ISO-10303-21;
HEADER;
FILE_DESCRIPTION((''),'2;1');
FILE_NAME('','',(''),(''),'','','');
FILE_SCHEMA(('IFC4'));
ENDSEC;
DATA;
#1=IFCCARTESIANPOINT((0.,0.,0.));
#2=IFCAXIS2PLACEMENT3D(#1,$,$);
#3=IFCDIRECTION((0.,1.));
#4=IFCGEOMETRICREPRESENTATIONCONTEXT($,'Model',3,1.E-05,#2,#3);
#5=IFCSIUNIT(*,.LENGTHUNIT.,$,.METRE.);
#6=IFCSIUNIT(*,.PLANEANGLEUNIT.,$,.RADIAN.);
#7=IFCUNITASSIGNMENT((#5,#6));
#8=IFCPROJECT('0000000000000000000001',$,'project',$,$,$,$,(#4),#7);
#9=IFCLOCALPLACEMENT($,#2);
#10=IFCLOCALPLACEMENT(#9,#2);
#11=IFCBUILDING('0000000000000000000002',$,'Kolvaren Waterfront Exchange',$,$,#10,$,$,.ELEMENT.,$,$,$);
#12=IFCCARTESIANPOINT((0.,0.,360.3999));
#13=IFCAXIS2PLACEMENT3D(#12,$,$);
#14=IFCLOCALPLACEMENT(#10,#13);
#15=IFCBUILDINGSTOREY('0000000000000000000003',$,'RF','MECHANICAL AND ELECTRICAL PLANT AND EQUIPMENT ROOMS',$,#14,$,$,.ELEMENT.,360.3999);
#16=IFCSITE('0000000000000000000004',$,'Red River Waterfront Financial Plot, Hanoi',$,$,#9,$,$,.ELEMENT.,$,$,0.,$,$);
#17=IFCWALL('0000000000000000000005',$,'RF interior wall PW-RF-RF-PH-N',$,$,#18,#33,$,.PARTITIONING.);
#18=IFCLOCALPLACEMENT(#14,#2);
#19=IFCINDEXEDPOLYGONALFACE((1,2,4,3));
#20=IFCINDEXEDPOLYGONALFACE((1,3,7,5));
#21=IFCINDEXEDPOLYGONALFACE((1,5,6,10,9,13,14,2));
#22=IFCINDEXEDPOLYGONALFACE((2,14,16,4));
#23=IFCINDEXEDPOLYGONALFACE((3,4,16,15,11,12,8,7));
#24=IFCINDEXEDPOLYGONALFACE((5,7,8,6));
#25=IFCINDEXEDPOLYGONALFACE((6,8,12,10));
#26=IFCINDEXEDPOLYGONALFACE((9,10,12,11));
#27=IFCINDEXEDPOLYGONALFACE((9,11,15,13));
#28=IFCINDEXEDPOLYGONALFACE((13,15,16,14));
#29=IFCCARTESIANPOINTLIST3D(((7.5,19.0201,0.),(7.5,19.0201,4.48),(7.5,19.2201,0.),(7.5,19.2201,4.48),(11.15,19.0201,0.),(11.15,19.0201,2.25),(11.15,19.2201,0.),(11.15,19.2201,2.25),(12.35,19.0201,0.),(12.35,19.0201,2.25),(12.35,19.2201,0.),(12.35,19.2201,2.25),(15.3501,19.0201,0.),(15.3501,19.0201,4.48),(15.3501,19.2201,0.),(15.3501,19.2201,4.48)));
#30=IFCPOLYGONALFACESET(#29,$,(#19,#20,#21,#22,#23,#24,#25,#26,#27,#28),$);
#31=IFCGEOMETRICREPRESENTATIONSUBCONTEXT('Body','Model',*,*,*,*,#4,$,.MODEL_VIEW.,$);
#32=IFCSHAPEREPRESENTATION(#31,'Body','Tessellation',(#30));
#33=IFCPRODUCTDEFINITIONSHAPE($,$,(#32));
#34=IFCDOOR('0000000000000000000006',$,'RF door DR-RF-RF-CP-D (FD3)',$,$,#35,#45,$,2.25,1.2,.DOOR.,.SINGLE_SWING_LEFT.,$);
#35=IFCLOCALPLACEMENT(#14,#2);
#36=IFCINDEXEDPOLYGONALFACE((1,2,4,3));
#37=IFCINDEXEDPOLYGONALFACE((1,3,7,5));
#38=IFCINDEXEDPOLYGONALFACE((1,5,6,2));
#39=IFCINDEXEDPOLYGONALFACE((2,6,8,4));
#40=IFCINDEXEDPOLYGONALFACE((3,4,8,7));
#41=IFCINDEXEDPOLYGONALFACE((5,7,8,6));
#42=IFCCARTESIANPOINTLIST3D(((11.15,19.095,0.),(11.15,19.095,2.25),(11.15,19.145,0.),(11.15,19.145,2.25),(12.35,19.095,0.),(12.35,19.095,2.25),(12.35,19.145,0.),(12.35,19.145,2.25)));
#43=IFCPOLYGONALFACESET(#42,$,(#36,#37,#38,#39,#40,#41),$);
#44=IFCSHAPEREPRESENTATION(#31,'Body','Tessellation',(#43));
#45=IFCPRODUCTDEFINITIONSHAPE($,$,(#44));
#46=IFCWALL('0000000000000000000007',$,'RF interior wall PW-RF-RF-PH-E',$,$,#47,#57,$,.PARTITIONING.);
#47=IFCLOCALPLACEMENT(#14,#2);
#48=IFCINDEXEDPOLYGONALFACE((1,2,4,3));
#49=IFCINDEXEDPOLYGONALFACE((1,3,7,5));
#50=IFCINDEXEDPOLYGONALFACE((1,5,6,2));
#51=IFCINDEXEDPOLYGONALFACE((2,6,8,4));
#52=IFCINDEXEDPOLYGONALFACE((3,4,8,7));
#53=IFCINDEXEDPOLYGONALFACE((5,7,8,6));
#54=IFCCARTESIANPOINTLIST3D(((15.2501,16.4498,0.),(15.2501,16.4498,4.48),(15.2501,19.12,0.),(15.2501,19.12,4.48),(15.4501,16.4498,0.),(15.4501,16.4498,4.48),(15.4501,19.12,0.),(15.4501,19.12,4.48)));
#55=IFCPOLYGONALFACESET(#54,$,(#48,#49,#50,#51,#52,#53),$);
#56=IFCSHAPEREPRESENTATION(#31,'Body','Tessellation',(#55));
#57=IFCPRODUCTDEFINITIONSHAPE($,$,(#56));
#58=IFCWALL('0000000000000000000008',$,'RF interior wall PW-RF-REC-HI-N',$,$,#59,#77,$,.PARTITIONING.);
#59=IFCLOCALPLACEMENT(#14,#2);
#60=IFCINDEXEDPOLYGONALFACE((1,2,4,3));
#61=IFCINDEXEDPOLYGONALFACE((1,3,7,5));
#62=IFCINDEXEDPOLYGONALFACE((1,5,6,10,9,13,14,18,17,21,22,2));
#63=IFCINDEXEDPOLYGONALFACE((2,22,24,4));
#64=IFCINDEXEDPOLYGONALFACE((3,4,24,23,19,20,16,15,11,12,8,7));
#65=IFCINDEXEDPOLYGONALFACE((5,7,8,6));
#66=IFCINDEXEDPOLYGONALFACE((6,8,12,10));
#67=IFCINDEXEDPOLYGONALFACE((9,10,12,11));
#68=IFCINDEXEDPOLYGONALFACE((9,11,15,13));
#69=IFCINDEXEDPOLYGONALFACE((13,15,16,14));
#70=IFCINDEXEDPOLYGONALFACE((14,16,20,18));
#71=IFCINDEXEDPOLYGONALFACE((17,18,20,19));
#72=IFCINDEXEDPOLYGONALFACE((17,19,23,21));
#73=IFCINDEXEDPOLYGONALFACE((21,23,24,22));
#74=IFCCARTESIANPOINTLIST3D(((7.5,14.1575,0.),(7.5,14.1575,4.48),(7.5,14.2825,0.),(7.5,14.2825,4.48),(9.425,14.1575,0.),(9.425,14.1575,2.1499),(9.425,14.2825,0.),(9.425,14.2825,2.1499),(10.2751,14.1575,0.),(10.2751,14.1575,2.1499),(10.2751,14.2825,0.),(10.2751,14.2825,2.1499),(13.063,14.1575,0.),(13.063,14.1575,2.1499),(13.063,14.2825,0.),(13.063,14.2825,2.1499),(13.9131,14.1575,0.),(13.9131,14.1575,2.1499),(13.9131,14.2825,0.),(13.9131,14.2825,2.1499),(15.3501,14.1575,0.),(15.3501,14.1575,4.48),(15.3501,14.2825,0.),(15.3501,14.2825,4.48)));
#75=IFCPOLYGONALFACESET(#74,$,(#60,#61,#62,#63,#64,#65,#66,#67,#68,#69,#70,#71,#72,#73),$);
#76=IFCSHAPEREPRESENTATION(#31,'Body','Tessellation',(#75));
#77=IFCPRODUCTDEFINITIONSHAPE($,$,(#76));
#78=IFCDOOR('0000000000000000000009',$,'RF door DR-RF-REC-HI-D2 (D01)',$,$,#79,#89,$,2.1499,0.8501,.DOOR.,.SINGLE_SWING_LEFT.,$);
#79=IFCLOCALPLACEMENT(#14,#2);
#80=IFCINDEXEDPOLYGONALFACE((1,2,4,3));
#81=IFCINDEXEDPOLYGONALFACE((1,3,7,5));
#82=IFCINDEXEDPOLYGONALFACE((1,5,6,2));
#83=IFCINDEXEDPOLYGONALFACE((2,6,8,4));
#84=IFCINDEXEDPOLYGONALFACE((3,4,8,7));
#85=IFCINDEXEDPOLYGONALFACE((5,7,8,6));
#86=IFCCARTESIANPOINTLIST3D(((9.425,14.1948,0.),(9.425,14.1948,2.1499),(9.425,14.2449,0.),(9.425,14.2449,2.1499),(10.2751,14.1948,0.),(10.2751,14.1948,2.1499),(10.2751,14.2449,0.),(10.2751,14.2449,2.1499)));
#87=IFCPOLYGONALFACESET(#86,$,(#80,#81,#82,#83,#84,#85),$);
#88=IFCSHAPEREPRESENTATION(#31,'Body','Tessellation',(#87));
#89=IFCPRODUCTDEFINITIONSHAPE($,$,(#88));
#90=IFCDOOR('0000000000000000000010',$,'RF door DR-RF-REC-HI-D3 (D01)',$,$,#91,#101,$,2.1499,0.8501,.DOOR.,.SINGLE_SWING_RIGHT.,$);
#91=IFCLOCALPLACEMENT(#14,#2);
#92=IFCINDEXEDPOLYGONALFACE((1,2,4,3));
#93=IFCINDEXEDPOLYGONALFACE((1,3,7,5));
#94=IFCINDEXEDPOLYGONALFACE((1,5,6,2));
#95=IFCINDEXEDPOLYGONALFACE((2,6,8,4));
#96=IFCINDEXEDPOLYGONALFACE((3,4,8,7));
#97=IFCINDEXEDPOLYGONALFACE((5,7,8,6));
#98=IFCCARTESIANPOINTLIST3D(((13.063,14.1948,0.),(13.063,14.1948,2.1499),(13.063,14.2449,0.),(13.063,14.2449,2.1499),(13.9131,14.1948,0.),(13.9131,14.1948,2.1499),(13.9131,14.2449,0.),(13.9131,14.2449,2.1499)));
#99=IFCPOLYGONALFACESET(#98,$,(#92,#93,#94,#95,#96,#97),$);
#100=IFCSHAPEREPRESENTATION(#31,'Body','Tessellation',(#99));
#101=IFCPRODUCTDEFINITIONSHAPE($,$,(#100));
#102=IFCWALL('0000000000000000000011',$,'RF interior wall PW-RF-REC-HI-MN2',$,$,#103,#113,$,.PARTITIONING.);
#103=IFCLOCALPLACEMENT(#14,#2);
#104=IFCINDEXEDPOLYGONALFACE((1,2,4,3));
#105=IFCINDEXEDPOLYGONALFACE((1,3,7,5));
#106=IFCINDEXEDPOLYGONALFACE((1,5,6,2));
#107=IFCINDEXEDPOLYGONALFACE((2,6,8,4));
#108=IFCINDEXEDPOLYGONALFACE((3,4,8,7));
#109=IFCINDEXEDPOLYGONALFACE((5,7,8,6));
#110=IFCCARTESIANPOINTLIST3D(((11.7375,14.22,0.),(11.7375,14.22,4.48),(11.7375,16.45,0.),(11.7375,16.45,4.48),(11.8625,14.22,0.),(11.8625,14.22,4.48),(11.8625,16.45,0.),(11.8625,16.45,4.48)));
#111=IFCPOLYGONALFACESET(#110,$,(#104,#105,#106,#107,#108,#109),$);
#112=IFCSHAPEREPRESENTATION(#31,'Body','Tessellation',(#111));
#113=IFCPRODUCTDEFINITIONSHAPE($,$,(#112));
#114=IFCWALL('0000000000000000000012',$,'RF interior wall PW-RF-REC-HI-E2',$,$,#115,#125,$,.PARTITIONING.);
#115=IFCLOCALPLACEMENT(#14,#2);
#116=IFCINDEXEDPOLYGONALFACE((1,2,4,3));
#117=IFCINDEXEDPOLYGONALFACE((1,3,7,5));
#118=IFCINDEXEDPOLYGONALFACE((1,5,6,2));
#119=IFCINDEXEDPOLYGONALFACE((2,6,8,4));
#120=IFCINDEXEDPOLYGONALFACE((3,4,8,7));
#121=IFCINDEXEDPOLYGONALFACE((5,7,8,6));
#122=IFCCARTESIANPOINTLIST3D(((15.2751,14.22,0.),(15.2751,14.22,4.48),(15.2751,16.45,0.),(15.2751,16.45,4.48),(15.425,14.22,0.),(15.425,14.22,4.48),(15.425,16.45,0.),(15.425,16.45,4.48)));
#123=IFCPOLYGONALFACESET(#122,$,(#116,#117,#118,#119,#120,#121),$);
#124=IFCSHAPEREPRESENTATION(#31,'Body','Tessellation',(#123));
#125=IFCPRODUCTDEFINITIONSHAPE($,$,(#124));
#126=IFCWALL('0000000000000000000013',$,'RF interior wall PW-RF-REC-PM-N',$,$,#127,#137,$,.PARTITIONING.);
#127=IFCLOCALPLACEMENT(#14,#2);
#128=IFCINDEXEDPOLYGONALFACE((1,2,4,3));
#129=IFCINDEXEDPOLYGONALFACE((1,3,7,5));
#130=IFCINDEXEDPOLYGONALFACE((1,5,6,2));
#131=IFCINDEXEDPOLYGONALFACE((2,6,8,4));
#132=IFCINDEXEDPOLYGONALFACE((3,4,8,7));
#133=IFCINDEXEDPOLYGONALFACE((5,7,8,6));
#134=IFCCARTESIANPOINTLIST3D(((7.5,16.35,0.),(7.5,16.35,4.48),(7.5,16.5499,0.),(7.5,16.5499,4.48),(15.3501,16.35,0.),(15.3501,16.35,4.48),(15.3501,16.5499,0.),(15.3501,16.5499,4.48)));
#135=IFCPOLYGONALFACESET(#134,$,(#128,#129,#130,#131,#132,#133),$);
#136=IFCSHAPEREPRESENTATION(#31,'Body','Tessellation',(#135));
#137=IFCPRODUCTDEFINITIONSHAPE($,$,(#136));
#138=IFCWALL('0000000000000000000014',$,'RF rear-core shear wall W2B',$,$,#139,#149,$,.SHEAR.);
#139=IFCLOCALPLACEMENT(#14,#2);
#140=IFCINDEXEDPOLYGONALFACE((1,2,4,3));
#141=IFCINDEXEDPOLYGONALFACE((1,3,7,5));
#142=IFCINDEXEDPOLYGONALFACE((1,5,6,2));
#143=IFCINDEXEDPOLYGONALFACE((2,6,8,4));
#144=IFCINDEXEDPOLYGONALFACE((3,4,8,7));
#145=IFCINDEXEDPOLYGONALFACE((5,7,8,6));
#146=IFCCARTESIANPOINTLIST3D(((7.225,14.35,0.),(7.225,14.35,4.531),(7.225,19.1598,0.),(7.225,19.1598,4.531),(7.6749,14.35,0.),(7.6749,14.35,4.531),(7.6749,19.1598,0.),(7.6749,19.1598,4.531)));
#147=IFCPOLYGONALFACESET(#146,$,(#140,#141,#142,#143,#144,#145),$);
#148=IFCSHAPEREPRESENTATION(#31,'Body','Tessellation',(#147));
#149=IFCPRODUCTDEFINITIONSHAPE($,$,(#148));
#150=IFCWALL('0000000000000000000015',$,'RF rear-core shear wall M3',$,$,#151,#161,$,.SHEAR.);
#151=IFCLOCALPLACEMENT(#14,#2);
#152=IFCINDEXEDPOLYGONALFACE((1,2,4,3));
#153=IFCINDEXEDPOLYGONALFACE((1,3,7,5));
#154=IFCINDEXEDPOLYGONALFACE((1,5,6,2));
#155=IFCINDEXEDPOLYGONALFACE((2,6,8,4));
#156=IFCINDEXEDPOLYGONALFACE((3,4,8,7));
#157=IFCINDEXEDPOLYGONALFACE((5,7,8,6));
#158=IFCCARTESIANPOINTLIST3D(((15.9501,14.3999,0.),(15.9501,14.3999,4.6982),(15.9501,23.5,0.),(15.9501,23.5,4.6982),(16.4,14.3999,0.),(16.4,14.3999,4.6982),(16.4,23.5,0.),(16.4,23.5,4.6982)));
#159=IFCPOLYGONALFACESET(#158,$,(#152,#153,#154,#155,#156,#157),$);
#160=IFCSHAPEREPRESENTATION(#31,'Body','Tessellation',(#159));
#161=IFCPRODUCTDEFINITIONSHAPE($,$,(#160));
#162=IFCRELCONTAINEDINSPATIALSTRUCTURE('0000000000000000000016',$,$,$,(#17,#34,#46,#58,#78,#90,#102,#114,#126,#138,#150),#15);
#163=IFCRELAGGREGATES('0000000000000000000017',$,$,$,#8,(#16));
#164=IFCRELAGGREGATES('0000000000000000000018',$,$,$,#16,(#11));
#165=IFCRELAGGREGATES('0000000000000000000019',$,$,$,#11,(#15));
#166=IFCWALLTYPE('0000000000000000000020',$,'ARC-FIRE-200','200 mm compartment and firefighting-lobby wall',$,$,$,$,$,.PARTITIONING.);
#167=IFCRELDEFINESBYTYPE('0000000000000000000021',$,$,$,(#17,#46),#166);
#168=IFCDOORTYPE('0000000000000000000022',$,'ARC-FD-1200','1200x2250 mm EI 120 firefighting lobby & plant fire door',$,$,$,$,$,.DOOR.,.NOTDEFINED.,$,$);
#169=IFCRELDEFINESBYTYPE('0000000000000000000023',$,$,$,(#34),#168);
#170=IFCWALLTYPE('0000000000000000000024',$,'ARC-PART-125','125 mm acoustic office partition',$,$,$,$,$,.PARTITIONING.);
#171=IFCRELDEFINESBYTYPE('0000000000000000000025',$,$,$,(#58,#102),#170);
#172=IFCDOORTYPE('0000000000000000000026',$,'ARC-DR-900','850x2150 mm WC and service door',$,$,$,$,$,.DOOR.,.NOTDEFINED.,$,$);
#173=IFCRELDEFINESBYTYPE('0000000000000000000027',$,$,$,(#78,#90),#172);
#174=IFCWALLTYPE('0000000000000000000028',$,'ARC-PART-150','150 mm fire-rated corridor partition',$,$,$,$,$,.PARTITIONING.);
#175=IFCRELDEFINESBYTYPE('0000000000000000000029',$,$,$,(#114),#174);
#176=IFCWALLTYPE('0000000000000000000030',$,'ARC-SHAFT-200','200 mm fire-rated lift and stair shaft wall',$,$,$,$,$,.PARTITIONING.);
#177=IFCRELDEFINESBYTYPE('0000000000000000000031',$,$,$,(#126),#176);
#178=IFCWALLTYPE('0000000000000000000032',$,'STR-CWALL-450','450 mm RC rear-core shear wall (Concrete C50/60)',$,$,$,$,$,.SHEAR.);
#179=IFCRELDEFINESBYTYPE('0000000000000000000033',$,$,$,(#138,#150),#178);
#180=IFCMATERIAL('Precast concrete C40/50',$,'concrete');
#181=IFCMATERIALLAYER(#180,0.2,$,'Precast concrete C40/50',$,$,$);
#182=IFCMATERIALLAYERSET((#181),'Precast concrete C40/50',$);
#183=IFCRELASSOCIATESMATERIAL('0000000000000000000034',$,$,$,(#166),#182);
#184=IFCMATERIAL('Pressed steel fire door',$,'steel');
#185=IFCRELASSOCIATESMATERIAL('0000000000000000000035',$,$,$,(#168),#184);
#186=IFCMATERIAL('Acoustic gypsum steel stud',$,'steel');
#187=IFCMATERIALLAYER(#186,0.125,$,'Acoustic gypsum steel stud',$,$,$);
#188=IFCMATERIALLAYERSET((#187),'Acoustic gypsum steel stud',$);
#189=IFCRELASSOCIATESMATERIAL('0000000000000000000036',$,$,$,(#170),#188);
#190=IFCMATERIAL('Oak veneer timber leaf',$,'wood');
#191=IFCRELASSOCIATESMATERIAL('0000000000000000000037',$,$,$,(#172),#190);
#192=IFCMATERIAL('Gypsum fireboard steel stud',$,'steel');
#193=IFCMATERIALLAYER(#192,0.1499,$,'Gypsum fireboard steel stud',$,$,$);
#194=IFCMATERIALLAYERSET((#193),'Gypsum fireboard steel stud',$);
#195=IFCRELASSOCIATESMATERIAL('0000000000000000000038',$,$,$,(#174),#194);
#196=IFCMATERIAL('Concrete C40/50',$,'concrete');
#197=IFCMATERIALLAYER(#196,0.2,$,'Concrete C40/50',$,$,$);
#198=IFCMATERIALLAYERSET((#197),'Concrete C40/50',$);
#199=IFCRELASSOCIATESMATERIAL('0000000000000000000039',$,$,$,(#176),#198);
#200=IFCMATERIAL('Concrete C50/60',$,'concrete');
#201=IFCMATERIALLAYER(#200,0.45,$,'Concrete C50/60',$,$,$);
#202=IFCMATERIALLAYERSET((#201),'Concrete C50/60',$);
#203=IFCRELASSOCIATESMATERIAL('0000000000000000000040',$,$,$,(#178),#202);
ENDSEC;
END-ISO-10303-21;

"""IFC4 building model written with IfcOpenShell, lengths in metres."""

from ifc_helpers import new_model, si_unit, direction, frame, frame_2d, origin, place, context, subcontext, project, spatial, rectangle, extrude, material, layer, layer_set, type_object, element, fill, save


model = new_model("IFC4")

# Units and contexts
model_context = context("Model", 3, precision=1e-05, world=origin(), true_north=direction((0.0, 1.0)))
body_context = subcontext(model_context, "Body", "Model", "MODEL_VIEW")
ifc_project = project(units=[si_unit("LENGTHUNIT", "METRE"), si_unit("PLANEANGLEUNIT", "RADIAN")], contexts=[model_context])

# Site, building, storey
site_placement = place(None, origin())
site = spatial("IfcSite", under=ifc_project, at=site_placement, Name="Red River Waterfront Financial Plot, Hanoi", CompositionType="ELEMENT", RefElevation=0.0)
building_placement = place(site_placement, origin())
building = spatial("IfcBuilding", under=site, at=building_placement, Name="Kolvaren Waterfront Exchange", CompositionType="ELEMENT")
storey_placement = place(building_placement, frame((0.0, 0.0, 360.3999)))
storey = spatial("IfcBuildingStorey", under=building, at=storey_placement, Name="RF", Description="MECHANICAL AND ELECTRICAL PLANT AND EQUIPMENT ROOMS", CompositionType="ELEMENT", Elevation=360.3999)

# Wall, opening, door
ifc_material_1 = material(Name="Precast concrete C40/50", Category="concrete")
ifc_layer_1 = layer(ifc_material_1, 0.2, Name="Precast concrete C40/50")
ifc_layer_set_1 = layer_set([ifc_layer_1], Name="Precast concrete C40/50")
wall_type_1 = type_object("IfcWallType", Name="ARC-FIRE-200", Description="200 mm compartment and firefighting-lobby wall", PredefinedType="PARTITIONING", material=ifc_layer_set_1)
wall_1_placement = place(storey_placement, frame((7.5, 19.1201, 0.0), z_axis=(0.0, 0.0, 1.0), x_axis=(1.0, 0.0, 0.0)))
wall_1 = element("IfcWall", 1, at=wall_1_placement, inside=storey, type_object=wall_type_1, Name="RF interior wall PW-RF-RF-PH-N", PredefinedType="PARTITIONING", context=body_context, shape_type="SweptSolid", body=[
    extrude(rectangle(XDim=7.8501, YDim=0.2, at=frame_2d((3.925, 0.0))), origin(), (0.0, 0.0, 1.0), 4.48),
])
opening_1_placement = place(wall_1_placement, frame((3.6499, 0.0, 0.0)))
opening_1 = element("IfcOpeningElement", 2, at=opening_1_placement, cuts=wall_1, PredefinedType="OPENING", context=body_context, shape_type="SweptSolid", body=[
    extrude(rectangle(XDim=1.2, YDim=2.25, at=frame_2d((0.6001, 1.125))), frame((0.0, 0.1099, 0.0), z_axis=(0.0, -1.0, 0.0), x_axis=(1.0, 0.0, 0.0)), (0.0, 0.0, 1.0), 0.22),
])
ifc_material_2 = material(Name="Pressed steel fire door", Category="steel")
door_type_1 = type_object("IfcDoorType", Name="ARC-FD-1200", Description="1200x2250 mm EI 120 firefighting lobby & plant fire door", OperationType="NOTDEFINED", PredefinedType="DOOR", material=ifc_material_2)
door_1_placement = place(opening_1_placement, origin())
door_1 = element("IfcDoor", 3, at=door_1_placement, inside=storey, type_object=door_type_1, Name="RF door DR-RF-RF-CP-D (FD3)", OperationType="SINGLE_SWING_LEFT", OverallHeight=2.25, OverallWidth=1.2, PredefinedType="DOOR", context=body_context, shape_type="SweptSolid", body=[
    extrude(rectangle(XDim=1.2, YDim=2.25, at=frame_2d((0.6001, 1.125))), frame((0.0, 0.0249, 0.0), z_axis=(0.0, -1.0, 0.0), x_axis=(1.0, 0.0, 0.0)), (0.0, 0.0, 1.0), 0.05),
])
fill(opening_1, door_1)

# Wall
wall_2_placement = place(storey_placement, frame((15.3501, 16.45, 0.0), z_axis=(0.0, 0.0, 1.0), x_axis=(0.0, 1.0, 0.0)))
element("IfcWall", 4, at=wall_2_placement, inside=storey, type_object=wall_type_1, Name="RF interior wall PW-RF-RF-PH-E", PredefinedType="PARTITIONING", context=body_context, shape_type="SweptSolid", body=[
    extrude(rectangle(XDim=2.6702, YDim=0.2, at=frame_2d((1.335, 0.0))), origin(), (0.0, 0.0, 1.0), 4.48),
])

# Wall, openings, doors
ifc_material_3 = material(Name="Acoustic gypsum steel stud", Category="steel")
ifc_layer_2 = layer(ifc_material_3, 0.125, Name="Acoustic gypsum steel stud")
ifc_layer_set_2 = layer_set([ifc_layer_2], Name="Acoustic gypsum steel stud")
wall_type_2 = type_object("IfcWallType", Name="ARC-PART-125", Description="125 mm acoustic office partition", PredefinedType="PARTITIONING", material=ifc_layer_set_2)
wall_3_placement = place(storey_placement, frame((7.5, 14.22, 0.0), z_axis=(0.0, 0.0, 1.0), x_axis=(1.0, 0.0, 0.0)))
wall_3 = element("IfcWall", 5, at=wall_3_placement, inside=storey, type_object=wall_type_2, Name="RF interior wall PW-RF-REC-HI-N", PredefinedType="PARTITIONING", context=body_context, shape_type="SweptSolid", body=[
    extrude(rectangle(XDim=7.8501, YDim=0.125, at=frame_2d((3.925, 0.0))), origin(), (0.0, 0.0, 1.0), 4.48),
])
opening_2_placement = place(wall_3_placement, frame((1.925, 0.0, 0.0)))
opening_2 = element("IfcOpeningElement", 6, at=opening_2_placement, cuts=wall_3, PredefinedType="OPENING", context=body_context, shape_type="SweptSolid", body=[
    extrude(rectangle(XDim=0.8501, YDim=2.1499, at=frame_2d((0.425, 1.075))), frame((0.0, 0.0725, 0.0), z_axis=(0.0, -1.0, 0.0), x_axis=(1.0, 0.0, 0.0)), (0.0, 0.0, 1.0), 0.145),
])
opening_3_placement = place(wall_3_placement, frame((5.563, 0.0, 0.0)))
opening_3 = element("IfcOpeningElement", 7, at=opening_3_placement, cuts=wall_3, PredefinedType="OPENING", context=body_context, shape_type="SweptSolid", body=[
    extrude(rectangle(XDim=0.8501, YDim=2.1499, at=frame_2d((0.425, 1.075))), frame((0.0, 0.0725, 0.0), z_axis=(0.0, -1.0, 0.0), x_axis=(1.0, 0.0, 0.0)), (0.0, 0.0, 1.0), 0.145),
])
ifc_material_4 = material(Name="Oak veneer timber leaf", Category="wood")
door_type_2 = type_object("IfcDoorType", Name="ARC-DR-900", Description="850x2150 mm WC and service door", OperationType="NOTDEFINED", PredefinedType="DOOR", material=ifc_material_4)
door_2_placement = place(opening_2_placement, origin())
door_2 = element("IfcDoor", 8, at=door_2_placement, inside=storey, type_object=door_type_2, Name="RF door DR-RF-REC-HI-D2 (D01)", OperationType="SINGLE_SWING_LEFT", OverallHeight=2.1499, OverallWidth=0.8501, PredefinedType="DOOR", context=body_context, shape_type="SweptSolid", body=[
    extrude(rectangle(XDim=0.8501, YDim=2.1499, at=frame_2d((0.425, 1.075))), frame((0.0, 0.0249, 0.0), z_axis=(0.0, -1.0, 0.0), x_axis=(1.0, 0.0, 0.0)), (0.0, 0.0, 1.0), 0.05),
])
fill(opening_2, door_2)
door_3_placement = place(opening_3_placement, origin())
door_3 = element("IfcDoor", 9, at=door_3_placement, inside=storey, type_object=door_type_2, Name="RF door DR-RF-REC-HI-D3 (D01)", OperationType="SINGLE_SWING_RIGHT", OverallHeight=2.1499, OverallWidth=0.8501, PredefinedType="DOOR", context=body_context, shape_type="SweptSolid", body=[
    extrude(rectangle(XDim=0.8501, YDim=2.1499, at=frame_2d((0.425, 1.075))), frame((0.0, 0.0249, 0.0), z_axis=(0.0, -1.0, 0.0), x_axis=(1.0, 0.0, 0.0)), (0.0, 0.0, 1.0), 0.05),
])
fill(opening_3, door_3)

# Walls
wall_4_placement = place(storey_placement, frame((11.8, 14.22, 0.0), z_axis=(0.0, 0.0, 1.0), x_axis=(0.0, 1.0, 0.0)))
element("IfcWall", 10, at=wall_4_placement, inside=storey, type_object=wall_type_2, Name="RF interior wall PW-RF-REC-HI-MN2", PredefinedType="PARTITIONING", context=body_context, shape_type="SweptSolid", body=[
    extrude(rectangle(XDim=2.23, YDim=0.125, at=frame_2d((1.115, 0.0))), origin(), (0.0, 0.0, 1.0), 4.48),
])
ifc_material_5 = material(Name="Gypsum fireboard steel stud", Category="steel")
ifc_layer_3 = layer(ifc_material_5, 0.1499, Name="Gypsum fireboard steel stud")
ifc_layer_set_3 = layer_set([ifc_layer_3], Name="Gypsum fireboard steel stud")
wall_type_3 = type_object("IfcWallType", Name="ARC-PART-150", Description="150 mm fire-rated corridor partition", PredefinedType="PARTITIONING", material=ifc_layer_set_3)
wall_5_placement = place(storey_placement, frame((15.3501, 14.22, 0.0), z_axis=(0.0, 0.0, 1.0), x_axis=(0.0, 1.0, 0.0)))
element("IfcWall", 11, at=wall_5_placement, inside=storey, type_object=wall_type_3, Name="RF interior wall PW-RF-REC-HI-E2", PredefinedType="PARTITIONING", context=body_context, shape_type="SweptSolid", body=[
    extrude(rectangle(XDim=2.23, YDim=0.1499, at=frame_2d((1.115, 0.0))), origin(), (0.0, 0.0, 1.0), 4.48),
])
ifc_material_6 = material(Name="Concrete C40/50", Category="concrete")
ifc_layer_4 = layer(ifc_material_6, 0.2, Name="Concrete C40/50")
ifc_layer_set_4 = layer_set([ifc_layer_4], Name="Concrete C40/50")
wall_type_4 = type_object("IfcWallType", Name="ARC-SHAFT-200", Description="200 mm fire-rated lift and stair shaft wall", PredefinedType="PARTITIONING", material=ifc_layer_set_4)
wall_6_placement = place(storey_placement, frame((7.5, 16.45, 0.0), z_axis=(0.0, 0.0, 1.0), x_axis=(1.0, 0.0, 0.0)))
element("IfcWall", 12, at=wall_6_placement, inside=storey, type_object=wall_type_4, Name="RF interior wall PW-RF-REC-PM-N", PredefinedType="PARTITIONING", context=body_context, shape_type="SweptSolid", body=[
    extrude(rectangle(XDim=7.8501, YDim=0.2, at=frame_2d((3.925, 0.0))), origin(), (0.0, 0.0, 1.0), 4.48),
])
ifc_material_7 = material(Name="Concrete C50/60", Category="concrete")
ifc_layer_5 = layer(ifc_material_7, 0.45, Name="Concrete C50/60")
ifc_layer_set_5 = layer_set([ifc_layer_5], Name="Concrete C50/60")
wall_type_5 = type_object("IfcWallType", Name="STR-CWALL-450", Description="450 mm RC rear-core shear wall (Concrete C50/60)", PredefinedType="SHEAR", material=ifc_layer_set_5)
wall_7_placement = place(storey_placement, frame((7.45, 14.3501, 0.0), z_axis=(0.0, 0.0, 1.0), x_axis=(0.0, 1.0, 0.0)))
element("IfcWall", 13, at=wall_7_placement, inside=storey, type_object=wall_type_5, Name="RF rear-core shear wall W2B", PredefinedType="SHEAR", context=body_context, shape_type="SweptSolid", body=[
    extrude(rectangle(XDim=4.8098, YDim=0.45, at=frame_2d((2.4048, 0.0))), origin(), (0.0, 0.0, 1.0), 4.531),
])
wall_8_placement = place(storey_placement, frame((16.175, 14.3999, 0.0), z_axis=(0.0, 0.0, 1.0), x_axis=(0.0, 1.0, 0.0)))
element("IfcWall", 14, at=wall_8_placement, inside=storey, type_object=wall_type_5, Name="RF rear-core shear wall M3", PredefinedType="SHEAR", context=body_context, shape_type="SweptSolid", body=[
    extrude(rectangle(XDim=9.1001, YDim=0.45, at=frame_2d((4.55, 0.0))), origin(), (0.0, 0.0, 1.0), 4.6982),
])

save(model, "model.ifc")
